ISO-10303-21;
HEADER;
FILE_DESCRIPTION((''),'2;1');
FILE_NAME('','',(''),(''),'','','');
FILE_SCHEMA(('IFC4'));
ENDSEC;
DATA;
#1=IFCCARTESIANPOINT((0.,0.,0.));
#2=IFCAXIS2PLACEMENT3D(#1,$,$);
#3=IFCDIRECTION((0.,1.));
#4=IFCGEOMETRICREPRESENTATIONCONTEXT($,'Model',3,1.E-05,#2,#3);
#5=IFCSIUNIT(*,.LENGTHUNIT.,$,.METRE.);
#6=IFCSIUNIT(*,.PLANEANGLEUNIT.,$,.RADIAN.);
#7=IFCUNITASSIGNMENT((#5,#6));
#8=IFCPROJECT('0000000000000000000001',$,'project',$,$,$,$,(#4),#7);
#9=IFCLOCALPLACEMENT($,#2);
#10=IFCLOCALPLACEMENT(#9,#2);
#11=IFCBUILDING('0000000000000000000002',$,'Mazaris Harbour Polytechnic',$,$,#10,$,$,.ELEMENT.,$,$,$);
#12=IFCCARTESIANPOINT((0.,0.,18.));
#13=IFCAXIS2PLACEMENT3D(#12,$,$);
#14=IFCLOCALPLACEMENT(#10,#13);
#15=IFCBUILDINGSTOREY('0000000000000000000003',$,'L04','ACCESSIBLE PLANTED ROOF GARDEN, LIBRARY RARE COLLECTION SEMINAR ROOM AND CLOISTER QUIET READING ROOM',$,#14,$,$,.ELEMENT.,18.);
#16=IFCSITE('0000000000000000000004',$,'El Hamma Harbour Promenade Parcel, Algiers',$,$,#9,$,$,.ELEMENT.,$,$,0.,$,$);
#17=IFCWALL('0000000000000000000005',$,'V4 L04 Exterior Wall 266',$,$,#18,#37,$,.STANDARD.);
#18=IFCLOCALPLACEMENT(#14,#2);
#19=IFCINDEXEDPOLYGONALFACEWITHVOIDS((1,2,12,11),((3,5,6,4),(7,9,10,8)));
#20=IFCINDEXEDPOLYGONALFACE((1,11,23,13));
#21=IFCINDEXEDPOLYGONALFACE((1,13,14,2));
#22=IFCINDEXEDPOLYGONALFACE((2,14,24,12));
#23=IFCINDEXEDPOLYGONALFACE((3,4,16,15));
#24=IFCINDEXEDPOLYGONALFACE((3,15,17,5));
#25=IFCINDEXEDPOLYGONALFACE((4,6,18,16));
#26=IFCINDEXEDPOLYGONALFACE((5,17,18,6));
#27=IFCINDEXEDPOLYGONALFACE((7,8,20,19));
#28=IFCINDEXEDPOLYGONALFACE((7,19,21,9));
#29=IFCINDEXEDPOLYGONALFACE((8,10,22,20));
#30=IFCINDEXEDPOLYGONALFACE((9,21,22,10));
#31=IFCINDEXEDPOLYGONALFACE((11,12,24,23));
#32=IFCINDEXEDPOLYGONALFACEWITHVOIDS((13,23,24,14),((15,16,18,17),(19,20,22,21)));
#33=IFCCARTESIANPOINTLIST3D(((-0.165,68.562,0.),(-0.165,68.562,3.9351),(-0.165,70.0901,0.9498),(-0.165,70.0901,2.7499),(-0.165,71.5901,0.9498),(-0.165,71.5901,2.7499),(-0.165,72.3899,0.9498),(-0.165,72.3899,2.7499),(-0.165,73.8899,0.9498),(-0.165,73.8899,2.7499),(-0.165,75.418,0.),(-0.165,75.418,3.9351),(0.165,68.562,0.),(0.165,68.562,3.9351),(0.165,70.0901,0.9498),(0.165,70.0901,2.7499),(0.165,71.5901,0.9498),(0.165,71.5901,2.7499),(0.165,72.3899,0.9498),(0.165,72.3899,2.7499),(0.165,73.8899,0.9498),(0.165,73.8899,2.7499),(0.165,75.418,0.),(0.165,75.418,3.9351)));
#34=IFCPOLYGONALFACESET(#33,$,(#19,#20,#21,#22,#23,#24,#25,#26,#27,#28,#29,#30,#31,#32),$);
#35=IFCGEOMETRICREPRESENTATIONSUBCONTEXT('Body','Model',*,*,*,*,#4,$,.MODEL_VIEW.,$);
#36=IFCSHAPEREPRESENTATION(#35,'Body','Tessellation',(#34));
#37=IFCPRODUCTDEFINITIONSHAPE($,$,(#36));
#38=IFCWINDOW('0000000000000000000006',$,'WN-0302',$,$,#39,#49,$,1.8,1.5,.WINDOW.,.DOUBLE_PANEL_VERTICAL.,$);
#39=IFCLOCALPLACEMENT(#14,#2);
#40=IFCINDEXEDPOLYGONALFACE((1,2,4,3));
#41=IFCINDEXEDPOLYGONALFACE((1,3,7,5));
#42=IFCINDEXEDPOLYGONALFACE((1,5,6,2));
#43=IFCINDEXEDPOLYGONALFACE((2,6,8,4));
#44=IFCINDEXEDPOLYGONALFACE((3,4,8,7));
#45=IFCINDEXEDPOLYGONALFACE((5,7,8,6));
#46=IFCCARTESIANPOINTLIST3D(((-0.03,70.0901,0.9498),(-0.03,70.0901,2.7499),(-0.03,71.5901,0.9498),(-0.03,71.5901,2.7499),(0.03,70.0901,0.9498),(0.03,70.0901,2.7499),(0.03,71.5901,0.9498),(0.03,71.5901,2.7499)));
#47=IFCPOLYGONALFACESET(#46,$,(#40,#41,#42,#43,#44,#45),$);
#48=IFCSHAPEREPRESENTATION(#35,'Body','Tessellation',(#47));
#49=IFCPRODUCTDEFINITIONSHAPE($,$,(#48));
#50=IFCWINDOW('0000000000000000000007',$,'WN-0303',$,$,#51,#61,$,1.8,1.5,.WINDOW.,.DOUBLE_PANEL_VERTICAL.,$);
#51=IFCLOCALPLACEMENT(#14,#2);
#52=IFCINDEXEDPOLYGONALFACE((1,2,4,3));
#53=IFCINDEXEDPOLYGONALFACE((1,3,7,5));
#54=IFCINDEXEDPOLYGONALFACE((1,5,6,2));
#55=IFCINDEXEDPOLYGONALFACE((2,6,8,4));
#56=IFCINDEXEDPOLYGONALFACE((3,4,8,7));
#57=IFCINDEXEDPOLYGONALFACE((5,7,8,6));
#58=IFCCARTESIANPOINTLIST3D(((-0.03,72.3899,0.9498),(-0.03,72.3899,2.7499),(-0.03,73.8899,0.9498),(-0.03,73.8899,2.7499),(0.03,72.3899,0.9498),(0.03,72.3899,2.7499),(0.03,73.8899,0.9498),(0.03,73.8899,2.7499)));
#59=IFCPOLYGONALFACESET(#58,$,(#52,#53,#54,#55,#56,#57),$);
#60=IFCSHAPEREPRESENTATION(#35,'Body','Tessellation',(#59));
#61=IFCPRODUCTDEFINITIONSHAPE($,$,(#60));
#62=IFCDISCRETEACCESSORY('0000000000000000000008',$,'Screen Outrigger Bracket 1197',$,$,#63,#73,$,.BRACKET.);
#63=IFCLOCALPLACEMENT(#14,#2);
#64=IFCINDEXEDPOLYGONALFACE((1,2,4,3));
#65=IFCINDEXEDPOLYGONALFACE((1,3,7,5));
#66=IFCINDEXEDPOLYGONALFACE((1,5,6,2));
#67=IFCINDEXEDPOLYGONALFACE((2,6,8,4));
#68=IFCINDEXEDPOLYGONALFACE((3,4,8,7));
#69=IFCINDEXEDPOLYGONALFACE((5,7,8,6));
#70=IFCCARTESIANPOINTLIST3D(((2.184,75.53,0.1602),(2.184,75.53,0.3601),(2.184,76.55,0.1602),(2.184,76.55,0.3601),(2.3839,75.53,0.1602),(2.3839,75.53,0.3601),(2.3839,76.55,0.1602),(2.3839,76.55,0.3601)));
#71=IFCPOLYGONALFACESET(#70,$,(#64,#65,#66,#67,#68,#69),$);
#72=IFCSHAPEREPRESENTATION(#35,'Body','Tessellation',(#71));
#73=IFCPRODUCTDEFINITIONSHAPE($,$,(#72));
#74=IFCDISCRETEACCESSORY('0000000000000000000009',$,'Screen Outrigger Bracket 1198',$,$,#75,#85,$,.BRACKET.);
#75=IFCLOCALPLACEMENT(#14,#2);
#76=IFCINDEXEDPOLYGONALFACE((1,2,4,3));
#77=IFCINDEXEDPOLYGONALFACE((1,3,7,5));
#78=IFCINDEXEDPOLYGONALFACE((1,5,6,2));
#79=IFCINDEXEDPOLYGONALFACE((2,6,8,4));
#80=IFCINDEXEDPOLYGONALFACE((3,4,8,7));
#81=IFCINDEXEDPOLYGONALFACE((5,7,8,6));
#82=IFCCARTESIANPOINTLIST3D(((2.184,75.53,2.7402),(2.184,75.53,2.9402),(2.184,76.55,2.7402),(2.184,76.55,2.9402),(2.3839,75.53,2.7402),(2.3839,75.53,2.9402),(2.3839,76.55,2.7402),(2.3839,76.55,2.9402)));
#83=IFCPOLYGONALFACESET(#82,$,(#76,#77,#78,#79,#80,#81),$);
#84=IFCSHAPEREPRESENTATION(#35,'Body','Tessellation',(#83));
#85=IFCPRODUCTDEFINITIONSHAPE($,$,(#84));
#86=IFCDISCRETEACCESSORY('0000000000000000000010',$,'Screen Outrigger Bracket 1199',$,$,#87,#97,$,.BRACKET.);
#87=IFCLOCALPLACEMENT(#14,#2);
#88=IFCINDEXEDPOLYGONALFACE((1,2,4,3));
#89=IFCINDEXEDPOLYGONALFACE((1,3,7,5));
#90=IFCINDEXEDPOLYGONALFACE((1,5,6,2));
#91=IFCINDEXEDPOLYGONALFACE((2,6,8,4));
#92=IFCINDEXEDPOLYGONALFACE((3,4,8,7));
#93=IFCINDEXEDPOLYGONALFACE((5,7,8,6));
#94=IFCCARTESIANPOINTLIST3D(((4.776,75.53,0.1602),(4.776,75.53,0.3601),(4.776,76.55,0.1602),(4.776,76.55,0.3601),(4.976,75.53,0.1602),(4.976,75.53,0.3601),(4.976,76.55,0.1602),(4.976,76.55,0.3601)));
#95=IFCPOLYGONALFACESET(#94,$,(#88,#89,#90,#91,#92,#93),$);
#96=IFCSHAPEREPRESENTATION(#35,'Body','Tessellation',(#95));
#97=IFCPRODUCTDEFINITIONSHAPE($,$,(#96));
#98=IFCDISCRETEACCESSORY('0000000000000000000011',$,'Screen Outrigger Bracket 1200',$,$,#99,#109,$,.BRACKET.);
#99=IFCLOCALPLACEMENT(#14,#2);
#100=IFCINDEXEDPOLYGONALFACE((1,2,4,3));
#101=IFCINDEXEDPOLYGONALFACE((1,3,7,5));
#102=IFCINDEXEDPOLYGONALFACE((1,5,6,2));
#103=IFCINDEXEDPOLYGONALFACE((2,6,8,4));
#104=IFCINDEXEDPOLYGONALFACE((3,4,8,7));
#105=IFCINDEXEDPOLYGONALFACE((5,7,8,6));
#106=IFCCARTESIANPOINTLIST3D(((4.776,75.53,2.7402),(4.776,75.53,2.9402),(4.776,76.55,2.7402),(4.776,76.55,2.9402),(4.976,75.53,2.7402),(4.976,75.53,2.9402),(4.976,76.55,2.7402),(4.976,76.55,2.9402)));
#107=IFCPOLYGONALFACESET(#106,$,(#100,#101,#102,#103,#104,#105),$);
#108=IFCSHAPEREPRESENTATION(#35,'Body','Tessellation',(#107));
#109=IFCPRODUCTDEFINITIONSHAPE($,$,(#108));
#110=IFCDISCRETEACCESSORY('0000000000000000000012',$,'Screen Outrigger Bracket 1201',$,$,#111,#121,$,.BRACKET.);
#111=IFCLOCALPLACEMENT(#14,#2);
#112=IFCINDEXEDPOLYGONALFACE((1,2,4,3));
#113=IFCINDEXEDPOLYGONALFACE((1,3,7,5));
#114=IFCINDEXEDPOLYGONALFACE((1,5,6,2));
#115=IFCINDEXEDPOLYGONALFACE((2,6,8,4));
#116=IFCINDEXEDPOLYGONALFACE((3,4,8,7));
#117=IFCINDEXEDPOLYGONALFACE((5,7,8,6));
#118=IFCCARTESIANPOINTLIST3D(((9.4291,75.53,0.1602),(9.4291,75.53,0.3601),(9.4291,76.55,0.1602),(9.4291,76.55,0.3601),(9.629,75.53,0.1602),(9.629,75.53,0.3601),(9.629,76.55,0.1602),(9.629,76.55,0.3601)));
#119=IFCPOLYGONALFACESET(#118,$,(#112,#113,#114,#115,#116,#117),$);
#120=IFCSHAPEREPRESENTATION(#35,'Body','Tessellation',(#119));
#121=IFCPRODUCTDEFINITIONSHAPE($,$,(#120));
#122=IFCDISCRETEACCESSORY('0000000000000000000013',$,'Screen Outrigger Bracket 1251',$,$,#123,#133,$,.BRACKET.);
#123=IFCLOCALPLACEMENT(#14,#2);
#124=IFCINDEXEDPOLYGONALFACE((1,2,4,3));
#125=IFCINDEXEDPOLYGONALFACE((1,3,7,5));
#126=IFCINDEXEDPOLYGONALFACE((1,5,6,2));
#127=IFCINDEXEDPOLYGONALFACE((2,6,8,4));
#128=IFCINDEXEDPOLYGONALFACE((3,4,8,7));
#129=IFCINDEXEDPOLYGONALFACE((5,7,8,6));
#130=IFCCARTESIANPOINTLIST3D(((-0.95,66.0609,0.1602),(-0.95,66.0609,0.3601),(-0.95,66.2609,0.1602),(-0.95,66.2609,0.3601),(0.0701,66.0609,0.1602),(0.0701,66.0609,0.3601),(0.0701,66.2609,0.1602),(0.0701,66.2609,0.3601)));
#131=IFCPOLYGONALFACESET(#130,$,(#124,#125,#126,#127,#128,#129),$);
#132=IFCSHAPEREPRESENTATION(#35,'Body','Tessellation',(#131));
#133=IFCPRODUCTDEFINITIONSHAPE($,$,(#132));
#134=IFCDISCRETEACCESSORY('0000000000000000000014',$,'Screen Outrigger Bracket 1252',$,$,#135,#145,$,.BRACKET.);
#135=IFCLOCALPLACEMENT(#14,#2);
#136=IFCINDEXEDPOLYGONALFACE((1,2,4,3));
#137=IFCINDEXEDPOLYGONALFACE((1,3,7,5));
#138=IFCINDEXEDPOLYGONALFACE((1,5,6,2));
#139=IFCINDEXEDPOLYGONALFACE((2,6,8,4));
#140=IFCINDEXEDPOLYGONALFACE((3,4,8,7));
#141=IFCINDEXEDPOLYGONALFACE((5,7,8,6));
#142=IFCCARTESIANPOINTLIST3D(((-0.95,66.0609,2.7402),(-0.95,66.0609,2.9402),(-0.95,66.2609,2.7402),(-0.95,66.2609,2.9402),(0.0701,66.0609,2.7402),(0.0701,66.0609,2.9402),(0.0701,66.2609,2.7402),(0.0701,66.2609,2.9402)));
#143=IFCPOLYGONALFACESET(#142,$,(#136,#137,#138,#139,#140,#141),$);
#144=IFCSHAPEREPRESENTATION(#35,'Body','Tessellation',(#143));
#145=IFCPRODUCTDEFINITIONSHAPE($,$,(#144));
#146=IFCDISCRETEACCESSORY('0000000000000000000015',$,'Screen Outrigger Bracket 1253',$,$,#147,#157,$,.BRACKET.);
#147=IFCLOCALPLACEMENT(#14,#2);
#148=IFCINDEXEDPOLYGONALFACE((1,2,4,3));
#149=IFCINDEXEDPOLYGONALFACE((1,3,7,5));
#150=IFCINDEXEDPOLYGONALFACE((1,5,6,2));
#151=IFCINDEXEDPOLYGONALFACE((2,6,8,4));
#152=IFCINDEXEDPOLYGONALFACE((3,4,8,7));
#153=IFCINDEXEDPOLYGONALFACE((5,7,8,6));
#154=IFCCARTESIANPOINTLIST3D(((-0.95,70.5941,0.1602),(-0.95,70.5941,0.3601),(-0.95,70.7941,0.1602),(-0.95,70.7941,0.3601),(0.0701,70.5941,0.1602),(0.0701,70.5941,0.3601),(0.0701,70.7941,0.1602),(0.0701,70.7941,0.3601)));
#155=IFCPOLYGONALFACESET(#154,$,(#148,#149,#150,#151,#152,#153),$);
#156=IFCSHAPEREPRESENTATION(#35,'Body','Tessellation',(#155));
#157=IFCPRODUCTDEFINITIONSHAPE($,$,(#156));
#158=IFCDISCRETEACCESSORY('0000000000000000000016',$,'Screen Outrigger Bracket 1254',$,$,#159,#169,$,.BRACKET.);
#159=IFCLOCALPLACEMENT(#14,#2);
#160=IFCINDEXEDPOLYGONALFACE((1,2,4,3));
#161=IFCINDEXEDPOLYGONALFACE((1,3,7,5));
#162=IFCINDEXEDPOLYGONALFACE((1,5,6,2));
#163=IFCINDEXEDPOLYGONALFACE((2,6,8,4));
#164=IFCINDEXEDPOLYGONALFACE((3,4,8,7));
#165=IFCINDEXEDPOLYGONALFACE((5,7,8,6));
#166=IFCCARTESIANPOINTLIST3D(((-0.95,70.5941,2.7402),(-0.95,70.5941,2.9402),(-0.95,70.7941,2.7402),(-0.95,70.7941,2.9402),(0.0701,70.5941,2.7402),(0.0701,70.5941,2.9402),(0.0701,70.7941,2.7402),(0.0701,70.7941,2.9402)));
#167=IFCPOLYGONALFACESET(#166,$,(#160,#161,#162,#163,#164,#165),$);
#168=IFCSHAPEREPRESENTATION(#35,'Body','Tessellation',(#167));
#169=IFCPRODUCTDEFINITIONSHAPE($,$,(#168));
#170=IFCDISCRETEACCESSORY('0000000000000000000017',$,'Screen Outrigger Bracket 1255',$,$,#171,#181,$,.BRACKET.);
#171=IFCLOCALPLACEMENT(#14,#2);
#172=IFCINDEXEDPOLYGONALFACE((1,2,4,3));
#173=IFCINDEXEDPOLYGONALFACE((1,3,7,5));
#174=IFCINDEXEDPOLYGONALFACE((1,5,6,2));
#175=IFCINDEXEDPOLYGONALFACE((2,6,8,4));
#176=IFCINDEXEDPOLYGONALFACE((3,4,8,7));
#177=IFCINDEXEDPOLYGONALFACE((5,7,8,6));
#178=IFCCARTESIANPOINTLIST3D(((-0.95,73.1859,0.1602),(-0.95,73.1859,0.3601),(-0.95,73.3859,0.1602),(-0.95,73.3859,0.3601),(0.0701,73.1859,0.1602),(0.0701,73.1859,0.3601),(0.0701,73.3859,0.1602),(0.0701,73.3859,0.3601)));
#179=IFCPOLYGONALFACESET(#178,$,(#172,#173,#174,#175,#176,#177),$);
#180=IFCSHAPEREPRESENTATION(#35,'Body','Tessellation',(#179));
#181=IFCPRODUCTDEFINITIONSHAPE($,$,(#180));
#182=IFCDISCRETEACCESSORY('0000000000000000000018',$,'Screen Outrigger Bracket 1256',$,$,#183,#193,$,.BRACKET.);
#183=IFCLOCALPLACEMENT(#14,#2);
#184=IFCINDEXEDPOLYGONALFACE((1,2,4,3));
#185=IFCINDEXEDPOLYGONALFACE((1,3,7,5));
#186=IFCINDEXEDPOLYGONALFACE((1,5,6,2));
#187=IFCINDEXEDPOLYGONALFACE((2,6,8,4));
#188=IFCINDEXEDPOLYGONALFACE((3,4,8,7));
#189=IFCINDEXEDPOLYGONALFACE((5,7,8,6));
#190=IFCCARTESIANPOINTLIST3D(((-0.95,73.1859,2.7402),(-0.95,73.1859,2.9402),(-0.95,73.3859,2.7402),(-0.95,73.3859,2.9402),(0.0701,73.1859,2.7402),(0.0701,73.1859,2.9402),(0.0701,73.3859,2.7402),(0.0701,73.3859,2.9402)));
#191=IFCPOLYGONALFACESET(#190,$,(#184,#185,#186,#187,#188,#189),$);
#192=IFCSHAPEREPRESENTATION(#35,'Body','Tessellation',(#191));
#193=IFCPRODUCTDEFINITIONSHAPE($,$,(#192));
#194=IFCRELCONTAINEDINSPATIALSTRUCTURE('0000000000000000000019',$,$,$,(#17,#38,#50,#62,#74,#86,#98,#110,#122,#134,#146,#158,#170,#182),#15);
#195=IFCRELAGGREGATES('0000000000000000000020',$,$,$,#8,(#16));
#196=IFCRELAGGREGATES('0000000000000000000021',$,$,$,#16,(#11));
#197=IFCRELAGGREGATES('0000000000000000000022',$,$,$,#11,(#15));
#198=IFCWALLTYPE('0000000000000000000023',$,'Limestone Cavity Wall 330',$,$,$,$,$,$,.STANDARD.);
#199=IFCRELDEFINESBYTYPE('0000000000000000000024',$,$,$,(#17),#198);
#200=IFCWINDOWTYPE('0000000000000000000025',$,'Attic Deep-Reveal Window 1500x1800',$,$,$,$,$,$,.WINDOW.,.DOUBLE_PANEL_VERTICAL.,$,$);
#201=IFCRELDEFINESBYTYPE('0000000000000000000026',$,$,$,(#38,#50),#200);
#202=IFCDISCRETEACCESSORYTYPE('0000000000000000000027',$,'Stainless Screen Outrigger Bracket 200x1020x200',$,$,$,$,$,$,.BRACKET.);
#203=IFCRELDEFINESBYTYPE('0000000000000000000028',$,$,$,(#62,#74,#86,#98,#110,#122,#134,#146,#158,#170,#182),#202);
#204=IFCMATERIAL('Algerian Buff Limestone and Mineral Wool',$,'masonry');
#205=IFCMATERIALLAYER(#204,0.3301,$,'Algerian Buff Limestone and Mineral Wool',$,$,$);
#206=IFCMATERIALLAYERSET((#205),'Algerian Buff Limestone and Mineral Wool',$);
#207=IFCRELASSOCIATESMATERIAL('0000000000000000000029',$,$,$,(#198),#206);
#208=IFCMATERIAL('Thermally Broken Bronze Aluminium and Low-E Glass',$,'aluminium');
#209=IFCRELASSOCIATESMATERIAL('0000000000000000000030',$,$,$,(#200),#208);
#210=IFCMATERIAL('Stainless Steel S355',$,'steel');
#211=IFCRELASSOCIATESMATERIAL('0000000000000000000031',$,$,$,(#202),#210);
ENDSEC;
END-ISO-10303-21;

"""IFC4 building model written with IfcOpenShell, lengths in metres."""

from ifc_helpers import new_model, si_unit, direction, frame, frame_2d, origin, origin_2d, place, context, subcontext, project, spatial, rectangle, extrude, material, layer, layer_set, type_object, element, fill, save


model = new_model("IFC4")

# Units and contexts
model_context = context("Model", 3, precision=1e-05, world=origin(), true_north=direction((0.0, 1.0)))
body_context = subcontext(model_context, "Body", "Model", "MODEL_VIEW")
ifc_project = project(units=[si_unit("LENGTHUNIT", "METRE"), si_unit("PLANEANGLEUNIT", "RADIAN")], contexts=[model_context])

# Site, building, storey
site_placement = place(None, origin())
site = spatial("IfcSite", under=ifc_project, at=site_placement, Name="El Hamma Harbour Promenade Parcel, Algiers", CompositionType="ELEMENT", RefElevation=0.0)
building_placement = place(site_placement, origin())
building = spatial("IfcBuilding", under=site, at=building_placement, Name="Mazaris Harbour Polytechnic", CompositionType="ELEMENT")
storey_placement = place(building_placement, frame((0.0, 0.0, 18.0)))
storey = spatial("IfcBuildingStorey", under=building, at=storey_placement, Name="L04", Description="ACCESSIBLE PLANTED ROOF GARDEN, LIBRARY RARE COLLECTION SEMINAR ROOM AND CLOISTER QUIET READING ROOM", CompositionType="ELEMENT", Elevation=18.0)

# Wall, openings, windows
ifc_material_1 = material(Name="Algerian Buff Limestone and Mineral Wool", Category="masonry")
ifc_layer = layer(ifc_material_1, 0.3301, Name="Algerian Buff Limestone and Mineral Wool")
ifc_layer_set = layer_set([ifc_layer], Name="Algerian Buff Limestone and Mineral Wool")
wall_type = type_object("IfcWallType", Name="Limestone Cavity Wall 330", PredefinedType="STANDARD", material=ifc_layer_set)
ifc_material_2 = material(Name="Thermally Broken Bronze Aluminium and Low-E Glass", Category="aluminium")
window_type_1 = type_object("IfcWindowType", Name="Attic Deep-Reveal Window 1500x1800", PartitioningType="DOUBLE_PANEL_VERTICAL", PredefinedType="WINDOW", material=ifc_material_2)
wall_1_placement = place(storey_placement, frame((0.0, 68.562, 0.0), z_axis=(0.0, 0.0, 1.0), x_axis=(0.0, 1.0, 0.0)))
wall_1 = element("IfcWall", 1, at=wall_1_placement, inside=storey, type_object=wall_type, Name="V4 L04 Exterior Wall 266", PredefinedType="STANDARD", context=body_context, shape_type="SweptSolid", body=[
    extrude(rectangle(XDim=6.856, YDim=0.3301, at=frame_2d((3.428, 0.0))), origin(), (0.0, 0.0, 1.0), 3.9351),
])
opening_1_placement = place(wall_1_placement, frame((1.5281, 0.0, 0.95)))
opening_1 = element("IfcOpeningElement", 2, at=opening_1_placement, cuts=wall_1, PredefinedType="OPENING", context=body_context, shape_type="SweptSolid", body=[
    extrude(rectangle(XDim=1.5, YDim=1.8, at=frame_2d((0.75, 0.8999))), frame((0.0, 0.175, 0.0), z_axis=(0.0, -1.0, 0.0), x_axis=(1.0, 0.0, 0.0)), (0.0, 0.0, 1.0), 0.3501),
])
opening_2_placement = place(wall_1_placement, frame((3.8279, 0.0, 0.95)))
opening_2 = element("IfcOpeningElement", 3, at=opening_2_placement, cuts=wall_1, PredefinedType="OPENING", context=body_context, shape_type="SweptSolid", body=[
    extrude(rectangle(XDim=1.5, YDim=1.8, at=frame_2d((0.75, 0.8999))), frame((0.0, 0.175, 0.0), z_axis=(0.0, -1.0, 0.0), x_axis=(1.0, 0.0, 0.0)), (0.0, 0.0, 1.0), 0.3501),
])
window_1_placement = place(opening_1_placement, origin())
window_1 = element("IfcWindow", 4, at=window_1_placement, inside=storey, type_object=window_type_1, Name="WN-0302", OverallHeight=1.8, OverallWidth=1.5, PartitioningType="DOUBLE_PANEL_VERTICAL", PredefinedType="WINDOW", context=body_context, shape_type="SweptSolid", body=[
    extrude(rectangle(XDim=1.5, YDim=1.8, at=frame_2d((0.75, 0.8999))), frame((0.0, 0.03, 0.0), z_axis=(0.0, -1.0, 0.0), x_axis=(1.0, 0.0, 0.0)), (0.0, 0.0, 1.0), 0.0601),
])
fill(opening_1, window_1)
window_2_placement = place(opening_2_placement, origin())
window_2 = element("IfcWindow", 5, at=window_2_placement, inside=storey, type_object=window_type_1, Name="WN-0303", OverallHeight=1.8, OverallWidth=1.5, PartitioningType="DOUBLE_PANEL_VERTICAL", PredefinedType="WINDOW", context=body_context, shape_type="SweptSolid", body=[
    extrude(rectangle(XDim=1.5, YDim=1.8, at=frame_2d((0.75, 0.8999))), frame((0.0, 0.03, 0.0), z_axis=(0.0, -1.0, 0.0), x_axis=(1.0, 0.0, 0.0)), (0.0, 0.0, 1.0), 0.0601),
])
fill(opening_2, window_2)

# Discrete accessories
ifc_material_3 = material(Name="Stainless Steel S355", Category="steel")
discrete_accessory_type = type_object("IfcDiscreteAccessoryType", Name="Stainless Screen Outrigger Bracket 200x1020x200", PredefinedType="BRACKET", material=ifc_material_3)
for number, where, z_axis, x_axis, name in (
    (6, (2.2839, 76.04, 0.1602), (0.0, 0.0, 1.0), (1.0, 0.0, 0.0), "Screen Outrigger Bracket 1197"),
    (7, (2.2839, 76.04, 2.7402), (0.0, 0.0, 1.0), (1.0, 0.0, 0.0), "Screen Outrigger Bracket 1198"),
    (8, (4.876, 76.04, 0.1602), (0.0, 0.0, 1.0), (1.0, 0.0, 0.0), "Screen Outrigger Bracket 1199"),
    (9, (4.876, 76.04, 2.7402), (0.0, 0.0, 1.0), (1.0, 0.0, 0.0), "Screen Outrigger Bracket 1200"),
    (10, (9.5291, 76.04, 0.1602), (0.0, 0.0, 1.0), (1.0, 0.0, 0.0), "Screen Outrigger Bracket 1201"),
    (11, (-0.4399, 66.1609, 0.1602), (0.0, 0.0, 1.0), (0.0, 1.0, 0.0), "Screen Outrigger Bracket 1251"),
    (12, (-0.4399, 66.1609, 2.7402), (0.0, 0.0, 1.0), (0.0, 1.0, 0.0), "Screen Outrigger Bracket 1252"),
    (13, (-0.4399, 70.6941, 0.1602), (0.0, 0.0, 1.0), (0.0, 1.0, 0.0), "Screen Outrigger Bracket 1253"),
    (14, (-0.4399, 70.6941, 2.7402), (0.0, 0.0, 1.0), (0.0, 1.0, 0.0), "Screen Outrigger Bracket 1254"),
    (15, (-0.4399, 73.2859, 0.1602), (0.0, 0.0, 1.0), (0.0, 1.0, 0.0), "Screen Outrigger Bracket 1255"),
    (16, (-0.4399, 73.2859, 2.7402), (0.0, 0.0, 1.0), (0.0, 1.0, 0.0), "Screen Outrigger Bracket 1256"),
):
    element("IfcDiscreteAccessory", number, at=place(storey_placement, frame(where, z_axis=z_axis, x_axis=x_axis)), inside=storey, type_object=discrete_accessory_type, Name=name, PredefinedType="BRACKET", context=body_context, shape_type="SweptSolid", body=[
        extrude(rectangle(XDim=0.2, YDim=1.02, at=origin_2d()), origin(), (0.0, 0.0, 1.0), 0.2),
    ])

save(model, "model.ifc")
